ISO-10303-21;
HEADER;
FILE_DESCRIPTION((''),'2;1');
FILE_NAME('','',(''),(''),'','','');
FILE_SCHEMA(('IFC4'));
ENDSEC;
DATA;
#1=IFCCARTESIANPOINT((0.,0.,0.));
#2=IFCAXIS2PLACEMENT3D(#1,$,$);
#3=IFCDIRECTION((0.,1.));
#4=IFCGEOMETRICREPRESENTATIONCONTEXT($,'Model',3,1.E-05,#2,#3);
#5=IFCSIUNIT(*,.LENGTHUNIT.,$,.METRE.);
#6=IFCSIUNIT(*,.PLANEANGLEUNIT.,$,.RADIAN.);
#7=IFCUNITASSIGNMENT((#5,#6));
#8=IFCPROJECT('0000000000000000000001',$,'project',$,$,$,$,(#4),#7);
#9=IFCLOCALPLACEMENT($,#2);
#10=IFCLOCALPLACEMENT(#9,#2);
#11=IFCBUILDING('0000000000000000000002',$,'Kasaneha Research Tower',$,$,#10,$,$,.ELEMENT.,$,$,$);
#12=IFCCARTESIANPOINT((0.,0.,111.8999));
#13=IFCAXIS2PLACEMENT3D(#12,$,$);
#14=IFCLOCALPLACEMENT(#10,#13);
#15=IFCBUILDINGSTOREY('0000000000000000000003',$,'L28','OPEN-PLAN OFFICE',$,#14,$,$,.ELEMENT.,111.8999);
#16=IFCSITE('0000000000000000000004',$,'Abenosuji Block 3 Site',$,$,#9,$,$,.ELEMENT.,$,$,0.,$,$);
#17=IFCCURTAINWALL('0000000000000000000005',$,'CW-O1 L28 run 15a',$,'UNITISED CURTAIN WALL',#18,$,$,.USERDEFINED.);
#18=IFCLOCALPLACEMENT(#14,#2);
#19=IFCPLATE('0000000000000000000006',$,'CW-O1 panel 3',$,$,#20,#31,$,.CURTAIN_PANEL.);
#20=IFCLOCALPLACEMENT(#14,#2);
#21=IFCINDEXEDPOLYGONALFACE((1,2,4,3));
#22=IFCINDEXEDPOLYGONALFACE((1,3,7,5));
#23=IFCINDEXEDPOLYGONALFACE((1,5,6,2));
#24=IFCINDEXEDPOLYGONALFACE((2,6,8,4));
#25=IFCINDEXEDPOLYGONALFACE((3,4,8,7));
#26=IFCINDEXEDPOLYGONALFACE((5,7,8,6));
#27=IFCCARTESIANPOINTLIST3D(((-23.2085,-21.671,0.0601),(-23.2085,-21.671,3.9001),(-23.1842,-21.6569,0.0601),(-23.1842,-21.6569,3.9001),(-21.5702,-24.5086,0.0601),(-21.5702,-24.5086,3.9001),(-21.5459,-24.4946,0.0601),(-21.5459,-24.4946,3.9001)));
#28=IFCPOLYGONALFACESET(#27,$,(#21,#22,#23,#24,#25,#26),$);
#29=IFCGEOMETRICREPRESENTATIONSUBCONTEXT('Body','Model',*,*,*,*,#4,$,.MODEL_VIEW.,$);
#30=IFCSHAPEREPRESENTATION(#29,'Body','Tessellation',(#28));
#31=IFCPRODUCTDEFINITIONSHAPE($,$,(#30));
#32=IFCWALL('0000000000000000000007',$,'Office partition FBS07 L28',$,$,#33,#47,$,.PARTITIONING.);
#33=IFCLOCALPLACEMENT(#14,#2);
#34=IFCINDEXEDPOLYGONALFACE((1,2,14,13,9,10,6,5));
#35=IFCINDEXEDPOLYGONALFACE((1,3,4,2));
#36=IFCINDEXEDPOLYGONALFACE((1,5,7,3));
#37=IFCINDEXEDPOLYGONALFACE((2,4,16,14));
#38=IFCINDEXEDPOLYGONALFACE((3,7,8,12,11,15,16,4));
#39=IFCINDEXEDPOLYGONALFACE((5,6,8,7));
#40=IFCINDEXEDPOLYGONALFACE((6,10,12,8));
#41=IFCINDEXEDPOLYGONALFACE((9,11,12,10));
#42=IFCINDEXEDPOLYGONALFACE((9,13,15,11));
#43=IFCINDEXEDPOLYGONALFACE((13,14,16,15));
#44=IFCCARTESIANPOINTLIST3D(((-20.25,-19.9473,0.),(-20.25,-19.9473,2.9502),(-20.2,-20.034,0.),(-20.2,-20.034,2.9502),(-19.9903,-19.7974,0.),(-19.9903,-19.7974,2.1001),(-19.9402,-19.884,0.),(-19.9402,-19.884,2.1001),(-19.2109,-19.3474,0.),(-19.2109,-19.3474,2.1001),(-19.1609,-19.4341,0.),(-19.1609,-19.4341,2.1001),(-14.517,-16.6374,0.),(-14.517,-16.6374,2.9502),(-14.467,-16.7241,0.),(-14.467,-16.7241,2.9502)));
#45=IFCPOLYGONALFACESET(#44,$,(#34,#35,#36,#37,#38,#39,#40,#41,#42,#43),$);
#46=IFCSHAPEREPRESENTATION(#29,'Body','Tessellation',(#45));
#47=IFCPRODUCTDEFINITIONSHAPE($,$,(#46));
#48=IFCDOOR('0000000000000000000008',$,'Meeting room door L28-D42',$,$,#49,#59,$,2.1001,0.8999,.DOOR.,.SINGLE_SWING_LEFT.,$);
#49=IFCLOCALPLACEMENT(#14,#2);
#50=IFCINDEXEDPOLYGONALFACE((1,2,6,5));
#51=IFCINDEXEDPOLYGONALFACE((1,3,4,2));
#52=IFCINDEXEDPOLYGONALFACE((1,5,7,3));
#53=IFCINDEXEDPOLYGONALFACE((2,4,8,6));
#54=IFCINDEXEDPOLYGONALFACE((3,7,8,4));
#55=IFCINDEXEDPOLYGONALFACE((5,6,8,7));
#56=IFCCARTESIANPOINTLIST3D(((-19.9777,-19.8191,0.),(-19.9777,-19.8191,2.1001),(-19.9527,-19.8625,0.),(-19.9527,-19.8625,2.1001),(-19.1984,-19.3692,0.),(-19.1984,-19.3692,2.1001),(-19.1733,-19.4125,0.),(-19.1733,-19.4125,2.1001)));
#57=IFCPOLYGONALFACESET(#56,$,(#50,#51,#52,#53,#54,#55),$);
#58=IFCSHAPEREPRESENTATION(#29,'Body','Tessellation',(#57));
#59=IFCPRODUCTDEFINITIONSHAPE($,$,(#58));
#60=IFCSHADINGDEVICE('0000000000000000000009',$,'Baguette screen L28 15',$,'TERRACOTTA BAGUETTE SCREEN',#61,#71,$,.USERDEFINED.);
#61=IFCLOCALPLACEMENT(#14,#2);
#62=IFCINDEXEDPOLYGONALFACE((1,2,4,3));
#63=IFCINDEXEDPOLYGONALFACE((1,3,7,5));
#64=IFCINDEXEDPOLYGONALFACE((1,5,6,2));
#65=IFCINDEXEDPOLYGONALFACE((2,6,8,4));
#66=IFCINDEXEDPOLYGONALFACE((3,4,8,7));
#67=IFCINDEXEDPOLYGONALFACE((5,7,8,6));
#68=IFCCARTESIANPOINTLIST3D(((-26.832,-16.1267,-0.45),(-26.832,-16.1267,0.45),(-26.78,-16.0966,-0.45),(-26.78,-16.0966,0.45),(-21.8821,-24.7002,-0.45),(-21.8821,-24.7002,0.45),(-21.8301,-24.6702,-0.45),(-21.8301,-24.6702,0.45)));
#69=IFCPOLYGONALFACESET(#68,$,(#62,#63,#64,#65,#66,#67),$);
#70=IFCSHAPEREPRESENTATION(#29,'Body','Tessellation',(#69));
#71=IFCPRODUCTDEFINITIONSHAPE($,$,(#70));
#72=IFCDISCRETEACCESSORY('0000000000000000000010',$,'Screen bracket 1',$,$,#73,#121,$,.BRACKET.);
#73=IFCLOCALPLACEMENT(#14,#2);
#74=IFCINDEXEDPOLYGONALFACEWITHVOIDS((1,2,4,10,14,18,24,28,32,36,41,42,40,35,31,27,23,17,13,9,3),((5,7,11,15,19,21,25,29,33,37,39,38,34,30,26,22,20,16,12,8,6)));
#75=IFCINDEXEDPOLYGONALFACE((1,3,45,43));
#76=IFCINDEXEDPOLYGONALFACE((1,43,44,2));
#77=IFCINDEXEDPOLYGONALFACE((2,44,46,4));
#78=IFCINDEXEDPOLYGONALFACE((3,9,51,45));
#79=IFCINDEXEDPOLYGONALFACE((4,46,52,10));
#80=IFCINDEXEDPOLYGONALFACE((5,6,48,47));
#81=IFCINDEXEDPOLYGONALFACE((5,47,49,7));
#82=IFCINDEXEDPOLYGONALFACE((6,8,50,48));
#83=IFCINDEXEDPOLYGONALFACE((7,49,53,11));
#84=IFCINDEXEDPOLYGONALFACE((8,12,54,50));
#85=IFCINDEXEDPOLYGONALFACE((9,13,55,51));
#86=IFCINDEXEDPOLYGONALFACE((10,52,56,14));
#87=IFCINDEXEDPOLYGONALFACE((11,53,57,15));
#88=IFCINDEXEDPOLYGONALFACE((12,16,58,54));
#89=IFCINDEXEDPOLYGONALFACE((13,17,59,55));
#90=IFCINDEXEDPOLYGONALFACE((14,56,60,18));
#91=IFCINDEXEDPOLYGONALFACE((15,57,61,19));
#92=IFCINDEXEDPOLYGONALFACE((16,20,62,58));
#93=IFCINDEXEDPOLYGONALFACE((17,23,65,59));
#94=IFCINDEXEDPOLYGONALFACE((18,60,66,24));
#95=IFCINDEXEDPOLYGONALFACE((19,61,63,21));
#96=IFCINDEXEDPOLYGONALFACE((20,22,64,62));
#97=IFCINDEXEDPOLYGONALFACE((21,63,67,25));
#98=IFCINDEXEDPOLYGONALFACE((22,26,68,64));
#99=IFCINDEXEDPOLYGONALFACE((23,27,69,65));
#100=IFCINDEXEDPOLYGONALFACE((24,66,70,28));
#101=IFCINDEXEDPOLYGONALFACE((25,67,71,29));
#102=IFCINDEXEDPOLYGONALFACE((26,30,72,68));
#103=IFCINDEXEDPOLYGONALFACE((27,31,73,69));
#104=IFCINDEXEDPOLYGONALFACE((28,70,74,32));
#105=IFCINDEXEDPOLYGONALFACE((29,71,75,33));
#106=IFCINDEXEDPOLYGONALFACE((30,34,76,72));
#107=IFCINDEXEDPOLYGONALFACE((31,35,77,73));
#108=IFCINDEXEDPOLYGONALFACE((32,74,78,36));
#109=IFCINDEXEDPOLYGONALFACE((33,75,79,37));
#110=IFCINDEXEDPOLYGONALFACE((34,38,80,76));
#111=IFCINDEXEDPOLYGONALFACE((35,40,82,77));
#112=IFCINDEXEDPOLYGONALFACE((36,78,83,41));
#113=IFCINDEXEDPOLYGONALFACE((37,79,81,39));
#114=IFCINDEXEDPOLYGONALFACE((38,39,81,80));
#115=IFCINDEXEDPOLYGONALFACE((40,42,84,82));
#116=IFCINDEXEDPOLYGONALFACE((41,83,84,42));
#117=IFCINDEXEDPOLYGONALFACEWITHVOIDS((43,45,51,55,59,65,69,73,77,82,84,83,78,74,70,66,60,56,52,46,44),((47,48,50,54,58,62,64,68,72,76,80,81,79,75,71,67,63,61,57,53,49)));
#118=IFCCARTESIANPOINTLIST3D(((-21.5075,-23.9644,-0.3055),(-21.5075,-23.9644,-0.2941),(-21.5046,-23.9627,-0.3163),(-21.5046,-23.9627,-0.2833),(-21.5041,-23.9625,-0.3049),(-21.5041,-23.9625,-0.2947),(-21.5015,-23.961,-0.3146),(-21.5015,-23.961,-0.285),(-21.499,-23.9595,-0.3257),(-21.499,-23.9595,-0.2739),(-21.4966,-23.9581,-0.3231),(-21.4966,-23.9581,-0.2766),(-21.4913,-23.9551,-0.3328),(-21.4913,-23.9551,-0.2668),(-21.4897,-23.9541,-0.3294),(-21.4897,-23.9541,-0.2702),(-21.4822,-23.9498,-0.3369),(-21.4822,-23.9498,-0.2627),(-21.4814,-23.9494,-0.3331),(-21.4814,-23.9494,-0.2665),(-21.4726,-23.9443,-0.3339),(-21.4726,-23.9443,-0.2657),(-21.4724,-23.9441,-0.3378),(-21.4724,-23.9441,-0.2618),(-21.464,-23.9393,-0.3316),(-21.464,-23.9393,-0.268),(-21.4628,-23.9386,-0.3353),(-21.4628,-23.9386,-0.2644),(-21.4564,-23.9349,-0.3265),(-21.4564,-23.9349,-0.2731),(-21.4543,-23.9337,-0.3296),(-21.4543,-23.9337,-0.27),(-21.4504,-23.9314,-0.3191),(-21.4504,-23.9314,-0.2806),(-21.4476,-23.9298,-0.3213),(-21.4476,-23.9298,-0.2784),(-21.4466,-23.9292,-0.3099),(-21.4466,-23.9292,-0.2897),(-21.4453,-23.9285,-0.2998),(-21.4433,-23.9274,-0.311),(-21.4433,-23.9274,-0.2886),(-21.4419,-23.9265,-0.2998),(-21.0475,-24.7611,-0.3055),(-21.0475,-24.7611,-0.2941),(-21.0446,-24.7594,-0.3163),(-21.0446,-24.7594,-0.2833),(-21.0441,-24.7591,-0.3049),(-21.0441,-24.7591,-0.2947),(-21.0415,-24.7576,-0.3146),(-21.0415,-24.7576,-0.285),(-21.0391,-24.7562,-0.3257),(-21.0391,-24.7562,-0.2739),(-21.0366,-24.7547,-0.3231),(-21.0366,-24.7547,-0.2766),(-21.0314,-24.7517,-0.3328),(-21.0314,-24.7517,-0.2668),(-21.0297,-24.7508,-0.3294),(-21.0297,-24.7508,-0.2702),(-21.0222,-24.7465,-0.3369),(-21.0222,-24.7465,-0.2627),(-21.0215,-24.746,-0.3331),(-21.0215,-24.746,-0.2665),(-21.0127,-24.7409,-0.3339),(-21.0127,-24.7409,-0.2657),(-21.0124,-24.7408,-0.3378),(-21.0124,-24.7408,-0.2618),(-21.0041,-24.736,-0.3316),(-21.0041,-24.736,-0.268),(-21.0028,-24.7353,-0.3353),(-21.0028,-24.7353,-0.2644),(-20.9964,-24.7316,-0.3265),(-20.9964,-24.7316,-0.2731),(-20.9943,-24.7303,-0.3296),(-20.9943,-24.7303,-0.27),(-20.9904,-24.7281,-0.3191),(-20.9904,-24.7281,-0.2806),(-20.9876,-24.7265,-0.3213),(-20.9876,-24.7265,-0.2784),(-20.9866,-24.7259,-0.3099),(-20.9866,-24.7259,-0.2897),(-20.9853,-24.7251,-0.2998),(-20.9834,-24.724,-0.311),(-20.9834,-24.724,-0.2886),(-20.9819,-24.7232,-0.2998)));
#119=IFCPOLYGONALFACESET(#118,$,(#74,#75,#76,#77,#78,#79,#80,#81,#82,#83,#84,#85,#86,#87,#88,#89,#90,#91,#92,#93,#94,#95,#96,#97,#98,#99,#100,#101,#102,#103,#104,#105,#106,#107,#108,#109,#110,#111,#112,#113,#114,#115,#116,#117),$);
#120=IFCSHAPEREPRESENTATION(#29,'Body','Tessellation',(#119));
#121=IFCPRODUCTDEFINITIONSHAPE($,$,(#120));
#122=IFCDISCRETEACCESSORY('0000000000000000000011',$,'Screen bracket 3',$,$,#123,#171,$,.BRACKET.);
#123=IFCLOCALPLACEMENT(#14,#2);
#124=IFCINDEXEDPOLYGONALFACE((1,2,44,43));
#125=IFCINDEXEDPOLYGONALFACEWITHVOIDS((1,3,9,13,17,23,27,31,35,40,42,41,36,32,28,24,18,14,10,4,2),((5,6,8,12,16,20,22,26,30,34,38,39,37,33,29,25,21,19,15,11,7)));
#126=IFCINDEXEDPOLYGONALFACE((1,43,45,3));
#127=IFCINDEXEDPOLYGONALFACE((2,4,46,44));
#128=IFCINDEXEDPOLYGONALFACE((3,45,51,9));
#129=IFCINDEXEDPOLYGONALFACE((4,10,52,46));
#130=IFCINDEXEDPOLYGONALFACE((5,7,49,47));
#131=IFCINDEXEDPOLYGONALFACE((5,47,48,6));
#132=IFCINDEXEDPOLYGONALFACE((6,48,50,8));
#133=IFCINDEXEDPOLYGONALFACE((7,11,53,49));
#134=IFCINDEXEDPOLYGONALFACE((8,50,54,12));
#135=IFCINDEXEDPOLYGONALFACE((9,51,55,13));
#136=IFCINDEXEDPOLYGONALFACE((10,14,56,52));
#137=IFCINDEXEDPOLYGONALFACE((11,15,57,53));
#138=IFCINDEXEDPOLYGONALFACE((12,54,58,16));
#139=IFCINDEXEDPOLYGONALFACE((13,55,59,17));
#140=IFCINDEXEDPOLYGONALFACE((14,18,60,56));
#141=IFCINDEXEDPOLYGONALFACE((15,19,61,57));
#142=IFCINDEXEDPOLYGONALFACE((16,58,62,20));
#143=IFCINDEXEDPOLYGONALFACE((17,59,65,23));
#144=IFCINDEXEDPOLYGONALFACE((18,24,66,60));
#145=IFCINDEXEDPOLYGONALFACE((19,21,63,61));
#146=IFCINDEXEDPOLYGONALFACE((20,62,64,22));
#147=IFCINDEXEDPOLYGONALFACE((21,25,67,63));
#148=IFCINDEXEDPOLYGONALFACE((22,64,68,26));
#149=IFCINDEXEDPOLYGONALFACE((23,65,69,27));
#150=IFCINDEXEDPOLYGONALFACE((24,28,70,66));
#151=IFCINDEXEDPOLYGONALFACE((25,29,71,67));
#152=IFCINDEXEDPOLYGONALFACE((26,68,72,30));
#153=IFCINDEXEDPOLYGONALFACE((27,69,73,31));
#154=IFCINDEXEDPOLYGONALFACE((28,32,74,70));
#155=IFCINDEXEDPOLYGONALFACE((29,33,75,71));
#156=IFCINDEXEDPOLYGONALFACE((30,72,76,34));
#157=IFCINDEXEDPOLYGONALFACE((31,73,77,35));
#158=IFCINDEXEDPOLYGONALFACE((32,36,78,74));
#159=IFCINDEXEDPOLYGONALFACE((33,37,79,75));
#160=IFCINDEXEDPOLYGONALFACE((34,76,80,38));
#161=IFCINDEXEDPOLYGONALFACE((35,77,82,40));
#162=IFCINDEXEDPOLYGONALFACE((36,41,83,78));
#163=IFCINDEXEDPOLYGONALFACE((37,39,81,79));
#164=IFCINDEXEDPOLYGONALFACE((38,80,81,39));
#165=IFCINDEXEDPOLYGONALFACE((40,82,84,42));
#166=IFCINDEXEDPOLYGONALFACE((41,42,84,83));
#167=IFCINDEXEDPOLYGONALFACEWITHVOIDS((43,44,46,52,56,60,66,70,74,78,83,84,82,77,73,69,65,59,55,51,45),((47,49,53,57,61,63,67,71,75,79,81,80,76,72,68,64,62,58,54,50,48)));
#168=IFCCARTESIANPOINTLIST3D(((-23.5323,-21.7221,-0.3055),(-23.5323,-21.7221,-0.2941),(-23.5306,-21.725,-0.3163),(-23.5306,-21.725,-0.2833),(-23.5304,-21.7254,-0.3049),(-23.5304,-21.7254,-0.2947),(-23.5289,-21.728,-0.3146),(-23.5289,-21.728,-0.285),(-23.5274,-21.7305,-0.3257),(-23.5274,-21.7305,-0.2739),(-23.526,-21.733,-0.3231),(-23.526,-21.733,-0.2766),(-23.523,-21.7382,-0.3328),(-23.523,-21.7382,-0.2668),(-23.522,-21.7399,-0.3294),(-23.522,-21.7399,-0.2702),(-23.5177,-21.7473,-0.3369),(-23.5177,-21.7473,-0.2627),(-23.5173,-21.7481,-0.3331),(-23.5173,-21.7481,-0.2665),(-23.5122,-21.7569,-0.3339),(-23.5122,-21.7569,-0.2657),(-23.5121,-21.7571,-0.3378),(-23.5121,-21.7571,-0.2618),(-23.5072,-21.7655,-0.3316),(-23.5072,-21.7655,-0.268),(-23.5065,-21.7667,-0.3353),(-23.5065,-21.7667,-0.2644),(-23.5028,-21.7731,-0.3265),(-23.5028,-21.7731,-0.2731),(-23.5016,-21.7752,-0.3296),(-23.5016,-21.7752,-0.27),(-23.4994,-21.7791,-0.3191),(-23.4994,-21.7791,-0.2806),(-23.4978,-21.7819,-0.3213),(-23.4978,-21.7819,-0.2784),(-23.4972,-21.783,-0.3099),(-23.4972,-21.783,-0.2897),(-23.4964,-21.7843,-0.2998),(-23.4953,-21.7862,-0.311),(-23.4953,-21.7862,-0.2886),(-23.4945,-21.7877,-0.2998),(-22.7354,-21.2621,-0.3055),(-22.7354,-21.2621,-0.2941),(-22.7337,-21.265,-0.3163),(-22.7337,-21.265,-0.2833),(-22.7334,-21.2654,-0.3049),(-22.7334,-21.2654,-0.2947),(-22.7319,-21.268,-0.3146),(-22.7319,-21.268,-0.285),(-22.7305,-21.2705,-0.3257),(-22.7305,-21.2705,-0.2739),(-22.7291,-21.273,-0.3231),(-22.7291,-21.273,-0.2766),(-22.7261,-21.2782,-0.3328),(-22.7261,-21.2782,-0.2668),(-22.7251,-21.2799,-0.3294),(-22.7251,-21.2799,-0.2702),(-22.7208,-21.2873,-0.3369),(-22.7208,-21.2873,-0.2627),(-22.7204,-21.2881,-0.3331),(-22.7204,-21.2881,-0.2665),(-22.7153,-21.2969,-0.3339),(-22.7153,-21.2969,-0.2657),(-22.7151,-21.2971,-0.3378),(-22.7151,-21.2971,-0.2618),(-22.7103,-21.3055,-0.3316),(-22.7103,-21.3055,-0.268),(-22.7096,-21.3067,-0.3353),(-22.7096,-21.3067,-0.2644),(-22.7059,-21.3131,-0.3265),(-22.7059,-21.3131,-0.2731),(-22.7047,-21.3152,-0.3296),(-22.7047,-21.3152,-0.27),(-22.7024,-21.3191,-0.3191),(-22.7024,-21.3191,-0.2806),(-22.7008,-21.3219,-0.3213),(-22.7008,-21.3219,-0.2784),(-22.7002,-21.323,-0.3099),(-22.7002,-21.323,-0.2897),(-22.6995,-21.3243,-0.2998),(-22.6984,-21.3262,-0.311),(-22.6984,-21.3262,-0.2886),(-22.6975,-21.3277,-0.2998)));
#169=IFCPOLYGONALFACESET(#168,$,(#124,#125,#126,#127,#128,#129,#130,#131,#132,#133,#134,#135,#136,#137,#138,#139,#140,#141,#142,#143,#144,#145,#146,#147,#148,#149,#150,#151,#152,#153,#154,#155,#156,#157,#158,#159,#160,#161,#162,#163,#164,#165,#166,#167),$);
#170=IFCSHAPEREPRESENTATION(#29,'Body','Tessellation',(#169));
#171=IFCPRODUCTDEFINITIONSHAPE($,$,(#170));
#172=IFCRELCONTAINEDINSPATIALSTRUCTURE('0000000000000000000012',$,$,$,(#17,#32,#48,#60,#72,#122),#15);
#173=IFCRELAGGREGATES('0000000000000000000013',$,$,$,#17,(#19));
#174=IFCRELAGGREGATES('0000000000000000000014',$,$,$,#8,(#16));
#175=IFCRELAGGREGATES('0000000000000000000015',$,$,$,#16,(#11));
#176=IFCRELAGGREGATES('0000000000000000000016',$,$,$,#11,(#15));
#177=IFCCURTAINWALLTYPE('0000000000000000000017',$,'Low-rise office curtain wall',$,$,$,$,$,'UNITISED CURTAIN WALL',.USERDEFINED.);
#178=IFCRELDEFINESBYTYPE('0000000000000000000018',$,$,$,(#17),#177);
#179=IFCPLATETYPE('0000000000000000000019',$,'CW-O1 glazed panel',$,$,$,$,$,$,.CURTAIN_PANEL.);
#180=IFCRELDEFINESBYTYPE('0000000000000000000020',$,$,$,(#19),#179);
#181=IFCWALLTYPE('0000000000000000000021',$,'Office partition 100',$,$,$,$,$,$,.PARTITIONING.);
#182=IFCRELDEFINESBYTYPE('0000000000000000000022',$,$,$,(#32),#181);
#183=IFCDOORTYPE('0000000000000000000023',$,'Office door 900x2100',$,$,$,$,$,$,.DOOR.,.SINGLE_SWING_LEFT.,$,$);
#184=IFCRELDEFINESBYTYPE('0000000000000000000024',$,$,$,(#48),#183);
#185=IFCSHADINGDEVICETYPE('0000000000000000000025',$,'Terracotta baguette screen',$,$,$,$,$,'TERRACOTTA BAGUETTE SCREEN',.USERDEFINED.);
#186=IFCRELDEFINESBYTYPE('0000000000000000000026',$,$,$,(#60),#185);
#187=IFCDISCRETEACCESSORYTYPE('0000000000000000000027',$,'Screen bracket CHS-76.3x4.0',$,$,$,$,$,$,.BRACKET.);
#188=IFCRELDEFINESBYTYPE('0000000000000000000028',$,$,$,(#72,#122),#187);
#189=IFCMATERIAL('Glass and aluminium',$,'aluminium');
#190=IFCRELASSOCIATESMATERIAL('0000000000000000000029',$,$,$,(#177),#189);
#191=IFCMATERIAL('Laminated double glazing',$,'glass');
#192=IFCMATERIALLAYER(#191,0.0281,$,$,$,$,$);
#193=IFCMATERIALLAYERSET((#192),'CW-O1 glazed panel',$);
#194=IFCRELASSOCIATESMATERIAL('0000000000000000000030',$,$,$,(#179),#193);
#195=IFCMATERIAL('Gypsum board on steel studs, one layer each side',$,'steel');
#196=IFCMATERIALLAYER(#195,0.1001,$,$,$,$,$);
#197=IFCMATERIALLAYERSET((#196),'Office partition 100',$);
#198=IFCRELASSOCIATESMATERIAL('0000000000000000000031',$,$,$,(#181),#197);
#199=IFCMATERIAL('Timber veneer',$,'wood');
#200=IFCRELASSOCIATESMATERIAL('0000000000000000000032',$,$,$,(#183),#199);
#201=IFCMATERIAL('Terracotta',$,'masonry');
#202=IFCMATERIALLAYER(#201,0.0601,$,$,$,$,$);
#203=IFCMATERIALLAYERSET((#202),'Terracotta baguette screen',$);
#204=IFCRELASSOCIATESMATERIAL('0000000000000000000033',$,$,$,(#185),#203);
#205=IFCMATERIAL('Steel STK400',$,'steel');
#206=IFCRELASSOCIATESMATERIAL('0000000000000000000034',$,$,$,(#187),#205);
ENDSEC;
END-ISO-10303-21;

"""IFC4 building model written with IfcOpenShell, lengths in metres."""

from ifc_helpers import new_model, si_unit, direction, frame, frame_2d, origin, origin_2d, place, context, subcontext, project, spatial, rectangle, hollow_circle, extrude, material, layer, layer_set, material_profile, profile_set, type_object, element, fill, aggregate, save


model = new_model("IFC4")

# Units and contexts
model_context = context("Model", 3, precision=1e-05, world=origin(), true_north=direction((0.0, 1.0)))
body_context = subcontext(model_context, "Body", "Model", "MODEL_VIEW")
ifc_project = project(units=[si_unit("LENGTHUNIT", "METRE"), si_unit("PLANEANGLEUNIT", "RADIAN")], contexts=[model_context])

# Site, building, storey
site_placement = place(None, origin())
site = spatial("IfcSite", under=ifc_project, at=site_placement, Name="Abenosuji Block 3 Site", CompositionType="ELEMENT", RefElevation=0.0)
building_placement = place(site_placement, origin())
building = spatial("IfcBuilding", under=site, at=building_placement, Name="Kasaneha Research Tower", CompositionType="ELEMENT")
storey_placement = place(building_placement, frame((0.0, 0.0, 111.8999)))
storey = spatial("IfcBuildingStorey", under=building, at=storey_placement, Name="L28", Description="OPEN-PLAN OFFICE", CompositionType="ELEMENT", Elevation=111.8999)

# Shared definitions
ifc_material_1 = material(Name="Glass and aluminium", Category="aluminium")
curtain_wall_type = type_object("IfcCurtainWallType", Name="Low-rise office curtain wall", ElementType="UNITISED CURTAIN WALL", PredefinedType="USERDEFINED", material=ifc_material_1)

# Curtain wall
curtain_wall_1_placement = place(storey_placement, origin())
curtain_wall_1 = element("IfcCurtainWall", 1, at=curtain_wall_1_placement, inside=storey, type_object=curtain_wall_type, Name="CW-O1 L28 run 15a", ObjectType="UNITISED CURTAIN WALL", PredefinedType="USERDEFINED")

# Plate
ifc_material_2 = material(Name="Laminated double glazing", Category="glass")
ifc_layer_1 = layer(ifc_material_2, 0.0281)
ifc_layer_set_1 = layer_set([ifc_layer_1], Name="CW-O1 glazed panel")
plate_type = type_object("IfcPlateType", Name="CW-O1 glazed panel", PredefinedType="CURTAIN_PANEL", material=ifc_layer_set_1)
plate_1_placement = place(storey_placement, frame((-22.3772, -23.0828, 0.0601), z_axis=(0.0, 0.0, 1.0), x_axis=(0.5, -0.866025, 0.0)))
plate_1 = element("IfcPlate", 2, at=plate_1_placement, type_object=plate_type, Name="CW-O1 panel 3", PredefinedType="CURTAIN_PANEL", context=body_context, shape_type="SweptSolid", body=[
    extrude(rectangle(XDim=3.2766, YDim=0.0281, at=origin_2d()), origin(), (0.0, 0.0, 1.0), 3.8401),
])
aggregate(curtain_wall_1, [plate_1])

# Wall, opening, door
ifc_material_3 = material(Name="Gypsum board on steel studs, one layer each side", Category="steel")
ifc_layer_2 = layer(ifc_material_3, 0.1001)
ifc_layer_set_2 = layer_set([ifc_layer_2], Name="Office partition 100")
wall_type = type_object("IfcWallType", Name="Office partition 100", PredefinedType="PARTITIONING", material=ifc_layer_set_2)
wall_placement = place(storey_placement, frame((-20.2251, -19.9907, 0.0), z_axis=(0.0, 0.0, 1.0), x_axis=(0.866031, 0.499991, 0.0)))
wall = element("IfcWall", 3, at=wall_placement, inside=storey, type_object=wall_type, Name="Office partition FBS07 L28", PredefinedType="PARTITIONING", context=body_context, shape_type="SweptSolid", body=[
    extrude(rectangle(XDim=6.6199, YDim=0.1001, at=frame_2d((3.3101, 0.0))), origin(), (0.0, 0.0, 1.0), 2.9502),
])
opening_placement = place(wall_placement, frame((0.3, 0.0, 0.0)))
opening = element("IfcOpeningElement", 4, at=opening_placement, cuts=wall, PredefinedType="OPENING", context=body_context, shape_type="SweptSolid", body=[
    extrude(rectangle(XDim=0.8999, YDim=2.1001, at=frame_2d((0.45, 1.05))), frame((0.0, 0.0601, 0.0), z_axis=(0.0, -1.0, 0.0), x_axis=(1.0, 0.0, 0.0)), (0.0, 0.0, 1.0), 0.1201),
])
ifc_material_4 = material(Name="Timber veneer", Category="wood")
door_type = type_object("IfcDoorType", Name="Office door 900x2100", OperationType="SINGLE_SWING_LEFT", PredefinedType="DOOR", material=ifc_material_4)
door_placement = place(opening_placement, origin())
door = element("IfcDoor", 5, at=door_placement, inside=storey, type_object=door_type, Name="Meeting room door L28-D42", OperationType="SINGLE_SWING_LEFT", OverallHeight=2.1001, OverallWidth=0.8999, PredefinedType="DOOR", context=body_context, shape_type="SweptSolid", body=[
    extrude(rectangle(XDim=0.8999, YDim=2.1001, at=frame_2d((0.45, 1.05))), frame((0.0, 0.0249, 0.0), z_axis=(0.0, -1.0, 0.0), x_axis=(1.0, 0.0, 0.0)), (0.0, 0.0, 1.0), 0.05),
])
fill(opening, door)

# Shading device
ifc_material_5 = material(Name="Terracotta", Category="masonry")
ifc_layer_3 = layer(ifc_material_5, 0.0601)
ifc_layer_set_3 = layer_set([ifc_layer_3], Name="Terracotta baguette screen")
shading_device_type = type_object("IfcShadingDeviceType", Name="Terracotta baguette screen", ElementType="TERRACOTTA BAGUETTE SCREEN", PredefinedType="USERDEFINED", material=ifc_layer_set_3)
shading_device_placement = place(storey_placement, frame((-24.3311, -20.3984, -0.45), z_axis=(0.0, 0.0, 1.0), x_axis=(0.5, -0.866025, 0.0)))
element("IfcShadingDevice", 6, at=shading_device_placement, inside=storey, type_object=shading_device_type, Name="Baguette screen L28 15", ObjectType="TERRACOTTA BAGUETTE SCREEN", PredefinedType="USERDEFINED", context=body_context, shape_type="SweptSolid", body=[
    extrude(rectangle(XDim=9.8999, YDim=0.0601, at=origin_2d()), origin(), (0.0, 0.0, 1.0), 0.8999),
])

# Discrete accessories
ifc_material_6 = material(Name="Steel STK400", Category="steel")
ifc_material_profile_1 = material_profile(ifc_material_6, hollow_circle(Radius=0.0381, WallThickness=0.0039, at=origin_2d()), Name="CHS-76.3x4.0")
ifc_profile_set_1 = profile_set([ifc_material_profile_1], Name="Steel STK400")
discrete_accessory_type = type_object("IfcDiscreteAccessoryType", Name="Screen bracket CHS-76.3x4.0", PredefinedType="BRACKET", material=ifc_profile_set_1)
discrete_accessory_placement = place(storey_placement, frame((-21.4749, -23.9456, -0.2998), z_axis=(0.500021, -0.866013, 0.0), x_axis=(0.866013, 0.500021, 0.0)))
element("IfcDiscreteAccessory", 7, at=discrete_accessory_placement, inside=storey, type_object=discrete_accessory_type, Name="Screen bracket 1", PredefinedType="BRACKET", context=body_context, shape_type="SweptSolid", body=[
    extrude(hollow_circle(Radius=0.0381, WallThickness=0.0039, at=origin_2d()), origin(), (0.0, 0.0, 1.0), 0.9199),
])
for number, where, z_axis, x_axis, name in (
    (8, (-22.7166, -21.2947, -0.2998), (-0.86608, -0.499906, 0.0), (0.499906, -0.86608, 0.0), "Screen bracket 3"),
):
    element("IfcDiscreteAccessory", number, at=place(storey_placement, frame(where, z_axis=z_axis, x_axis=x_axis)), inside=storey, type_object=discrete_accessory_type, Name=name, PredefinedType="BRACKET", context=body_context, shape_type="SweptSolid", body=[
        extrude(hollow_circle(Radius=0.0381, WallThickness=0.0039, at=origin_2d()), origin(), (0.0, 0.0, 1.0), 0.9202),
    ])

save(model, "model.ifc")
